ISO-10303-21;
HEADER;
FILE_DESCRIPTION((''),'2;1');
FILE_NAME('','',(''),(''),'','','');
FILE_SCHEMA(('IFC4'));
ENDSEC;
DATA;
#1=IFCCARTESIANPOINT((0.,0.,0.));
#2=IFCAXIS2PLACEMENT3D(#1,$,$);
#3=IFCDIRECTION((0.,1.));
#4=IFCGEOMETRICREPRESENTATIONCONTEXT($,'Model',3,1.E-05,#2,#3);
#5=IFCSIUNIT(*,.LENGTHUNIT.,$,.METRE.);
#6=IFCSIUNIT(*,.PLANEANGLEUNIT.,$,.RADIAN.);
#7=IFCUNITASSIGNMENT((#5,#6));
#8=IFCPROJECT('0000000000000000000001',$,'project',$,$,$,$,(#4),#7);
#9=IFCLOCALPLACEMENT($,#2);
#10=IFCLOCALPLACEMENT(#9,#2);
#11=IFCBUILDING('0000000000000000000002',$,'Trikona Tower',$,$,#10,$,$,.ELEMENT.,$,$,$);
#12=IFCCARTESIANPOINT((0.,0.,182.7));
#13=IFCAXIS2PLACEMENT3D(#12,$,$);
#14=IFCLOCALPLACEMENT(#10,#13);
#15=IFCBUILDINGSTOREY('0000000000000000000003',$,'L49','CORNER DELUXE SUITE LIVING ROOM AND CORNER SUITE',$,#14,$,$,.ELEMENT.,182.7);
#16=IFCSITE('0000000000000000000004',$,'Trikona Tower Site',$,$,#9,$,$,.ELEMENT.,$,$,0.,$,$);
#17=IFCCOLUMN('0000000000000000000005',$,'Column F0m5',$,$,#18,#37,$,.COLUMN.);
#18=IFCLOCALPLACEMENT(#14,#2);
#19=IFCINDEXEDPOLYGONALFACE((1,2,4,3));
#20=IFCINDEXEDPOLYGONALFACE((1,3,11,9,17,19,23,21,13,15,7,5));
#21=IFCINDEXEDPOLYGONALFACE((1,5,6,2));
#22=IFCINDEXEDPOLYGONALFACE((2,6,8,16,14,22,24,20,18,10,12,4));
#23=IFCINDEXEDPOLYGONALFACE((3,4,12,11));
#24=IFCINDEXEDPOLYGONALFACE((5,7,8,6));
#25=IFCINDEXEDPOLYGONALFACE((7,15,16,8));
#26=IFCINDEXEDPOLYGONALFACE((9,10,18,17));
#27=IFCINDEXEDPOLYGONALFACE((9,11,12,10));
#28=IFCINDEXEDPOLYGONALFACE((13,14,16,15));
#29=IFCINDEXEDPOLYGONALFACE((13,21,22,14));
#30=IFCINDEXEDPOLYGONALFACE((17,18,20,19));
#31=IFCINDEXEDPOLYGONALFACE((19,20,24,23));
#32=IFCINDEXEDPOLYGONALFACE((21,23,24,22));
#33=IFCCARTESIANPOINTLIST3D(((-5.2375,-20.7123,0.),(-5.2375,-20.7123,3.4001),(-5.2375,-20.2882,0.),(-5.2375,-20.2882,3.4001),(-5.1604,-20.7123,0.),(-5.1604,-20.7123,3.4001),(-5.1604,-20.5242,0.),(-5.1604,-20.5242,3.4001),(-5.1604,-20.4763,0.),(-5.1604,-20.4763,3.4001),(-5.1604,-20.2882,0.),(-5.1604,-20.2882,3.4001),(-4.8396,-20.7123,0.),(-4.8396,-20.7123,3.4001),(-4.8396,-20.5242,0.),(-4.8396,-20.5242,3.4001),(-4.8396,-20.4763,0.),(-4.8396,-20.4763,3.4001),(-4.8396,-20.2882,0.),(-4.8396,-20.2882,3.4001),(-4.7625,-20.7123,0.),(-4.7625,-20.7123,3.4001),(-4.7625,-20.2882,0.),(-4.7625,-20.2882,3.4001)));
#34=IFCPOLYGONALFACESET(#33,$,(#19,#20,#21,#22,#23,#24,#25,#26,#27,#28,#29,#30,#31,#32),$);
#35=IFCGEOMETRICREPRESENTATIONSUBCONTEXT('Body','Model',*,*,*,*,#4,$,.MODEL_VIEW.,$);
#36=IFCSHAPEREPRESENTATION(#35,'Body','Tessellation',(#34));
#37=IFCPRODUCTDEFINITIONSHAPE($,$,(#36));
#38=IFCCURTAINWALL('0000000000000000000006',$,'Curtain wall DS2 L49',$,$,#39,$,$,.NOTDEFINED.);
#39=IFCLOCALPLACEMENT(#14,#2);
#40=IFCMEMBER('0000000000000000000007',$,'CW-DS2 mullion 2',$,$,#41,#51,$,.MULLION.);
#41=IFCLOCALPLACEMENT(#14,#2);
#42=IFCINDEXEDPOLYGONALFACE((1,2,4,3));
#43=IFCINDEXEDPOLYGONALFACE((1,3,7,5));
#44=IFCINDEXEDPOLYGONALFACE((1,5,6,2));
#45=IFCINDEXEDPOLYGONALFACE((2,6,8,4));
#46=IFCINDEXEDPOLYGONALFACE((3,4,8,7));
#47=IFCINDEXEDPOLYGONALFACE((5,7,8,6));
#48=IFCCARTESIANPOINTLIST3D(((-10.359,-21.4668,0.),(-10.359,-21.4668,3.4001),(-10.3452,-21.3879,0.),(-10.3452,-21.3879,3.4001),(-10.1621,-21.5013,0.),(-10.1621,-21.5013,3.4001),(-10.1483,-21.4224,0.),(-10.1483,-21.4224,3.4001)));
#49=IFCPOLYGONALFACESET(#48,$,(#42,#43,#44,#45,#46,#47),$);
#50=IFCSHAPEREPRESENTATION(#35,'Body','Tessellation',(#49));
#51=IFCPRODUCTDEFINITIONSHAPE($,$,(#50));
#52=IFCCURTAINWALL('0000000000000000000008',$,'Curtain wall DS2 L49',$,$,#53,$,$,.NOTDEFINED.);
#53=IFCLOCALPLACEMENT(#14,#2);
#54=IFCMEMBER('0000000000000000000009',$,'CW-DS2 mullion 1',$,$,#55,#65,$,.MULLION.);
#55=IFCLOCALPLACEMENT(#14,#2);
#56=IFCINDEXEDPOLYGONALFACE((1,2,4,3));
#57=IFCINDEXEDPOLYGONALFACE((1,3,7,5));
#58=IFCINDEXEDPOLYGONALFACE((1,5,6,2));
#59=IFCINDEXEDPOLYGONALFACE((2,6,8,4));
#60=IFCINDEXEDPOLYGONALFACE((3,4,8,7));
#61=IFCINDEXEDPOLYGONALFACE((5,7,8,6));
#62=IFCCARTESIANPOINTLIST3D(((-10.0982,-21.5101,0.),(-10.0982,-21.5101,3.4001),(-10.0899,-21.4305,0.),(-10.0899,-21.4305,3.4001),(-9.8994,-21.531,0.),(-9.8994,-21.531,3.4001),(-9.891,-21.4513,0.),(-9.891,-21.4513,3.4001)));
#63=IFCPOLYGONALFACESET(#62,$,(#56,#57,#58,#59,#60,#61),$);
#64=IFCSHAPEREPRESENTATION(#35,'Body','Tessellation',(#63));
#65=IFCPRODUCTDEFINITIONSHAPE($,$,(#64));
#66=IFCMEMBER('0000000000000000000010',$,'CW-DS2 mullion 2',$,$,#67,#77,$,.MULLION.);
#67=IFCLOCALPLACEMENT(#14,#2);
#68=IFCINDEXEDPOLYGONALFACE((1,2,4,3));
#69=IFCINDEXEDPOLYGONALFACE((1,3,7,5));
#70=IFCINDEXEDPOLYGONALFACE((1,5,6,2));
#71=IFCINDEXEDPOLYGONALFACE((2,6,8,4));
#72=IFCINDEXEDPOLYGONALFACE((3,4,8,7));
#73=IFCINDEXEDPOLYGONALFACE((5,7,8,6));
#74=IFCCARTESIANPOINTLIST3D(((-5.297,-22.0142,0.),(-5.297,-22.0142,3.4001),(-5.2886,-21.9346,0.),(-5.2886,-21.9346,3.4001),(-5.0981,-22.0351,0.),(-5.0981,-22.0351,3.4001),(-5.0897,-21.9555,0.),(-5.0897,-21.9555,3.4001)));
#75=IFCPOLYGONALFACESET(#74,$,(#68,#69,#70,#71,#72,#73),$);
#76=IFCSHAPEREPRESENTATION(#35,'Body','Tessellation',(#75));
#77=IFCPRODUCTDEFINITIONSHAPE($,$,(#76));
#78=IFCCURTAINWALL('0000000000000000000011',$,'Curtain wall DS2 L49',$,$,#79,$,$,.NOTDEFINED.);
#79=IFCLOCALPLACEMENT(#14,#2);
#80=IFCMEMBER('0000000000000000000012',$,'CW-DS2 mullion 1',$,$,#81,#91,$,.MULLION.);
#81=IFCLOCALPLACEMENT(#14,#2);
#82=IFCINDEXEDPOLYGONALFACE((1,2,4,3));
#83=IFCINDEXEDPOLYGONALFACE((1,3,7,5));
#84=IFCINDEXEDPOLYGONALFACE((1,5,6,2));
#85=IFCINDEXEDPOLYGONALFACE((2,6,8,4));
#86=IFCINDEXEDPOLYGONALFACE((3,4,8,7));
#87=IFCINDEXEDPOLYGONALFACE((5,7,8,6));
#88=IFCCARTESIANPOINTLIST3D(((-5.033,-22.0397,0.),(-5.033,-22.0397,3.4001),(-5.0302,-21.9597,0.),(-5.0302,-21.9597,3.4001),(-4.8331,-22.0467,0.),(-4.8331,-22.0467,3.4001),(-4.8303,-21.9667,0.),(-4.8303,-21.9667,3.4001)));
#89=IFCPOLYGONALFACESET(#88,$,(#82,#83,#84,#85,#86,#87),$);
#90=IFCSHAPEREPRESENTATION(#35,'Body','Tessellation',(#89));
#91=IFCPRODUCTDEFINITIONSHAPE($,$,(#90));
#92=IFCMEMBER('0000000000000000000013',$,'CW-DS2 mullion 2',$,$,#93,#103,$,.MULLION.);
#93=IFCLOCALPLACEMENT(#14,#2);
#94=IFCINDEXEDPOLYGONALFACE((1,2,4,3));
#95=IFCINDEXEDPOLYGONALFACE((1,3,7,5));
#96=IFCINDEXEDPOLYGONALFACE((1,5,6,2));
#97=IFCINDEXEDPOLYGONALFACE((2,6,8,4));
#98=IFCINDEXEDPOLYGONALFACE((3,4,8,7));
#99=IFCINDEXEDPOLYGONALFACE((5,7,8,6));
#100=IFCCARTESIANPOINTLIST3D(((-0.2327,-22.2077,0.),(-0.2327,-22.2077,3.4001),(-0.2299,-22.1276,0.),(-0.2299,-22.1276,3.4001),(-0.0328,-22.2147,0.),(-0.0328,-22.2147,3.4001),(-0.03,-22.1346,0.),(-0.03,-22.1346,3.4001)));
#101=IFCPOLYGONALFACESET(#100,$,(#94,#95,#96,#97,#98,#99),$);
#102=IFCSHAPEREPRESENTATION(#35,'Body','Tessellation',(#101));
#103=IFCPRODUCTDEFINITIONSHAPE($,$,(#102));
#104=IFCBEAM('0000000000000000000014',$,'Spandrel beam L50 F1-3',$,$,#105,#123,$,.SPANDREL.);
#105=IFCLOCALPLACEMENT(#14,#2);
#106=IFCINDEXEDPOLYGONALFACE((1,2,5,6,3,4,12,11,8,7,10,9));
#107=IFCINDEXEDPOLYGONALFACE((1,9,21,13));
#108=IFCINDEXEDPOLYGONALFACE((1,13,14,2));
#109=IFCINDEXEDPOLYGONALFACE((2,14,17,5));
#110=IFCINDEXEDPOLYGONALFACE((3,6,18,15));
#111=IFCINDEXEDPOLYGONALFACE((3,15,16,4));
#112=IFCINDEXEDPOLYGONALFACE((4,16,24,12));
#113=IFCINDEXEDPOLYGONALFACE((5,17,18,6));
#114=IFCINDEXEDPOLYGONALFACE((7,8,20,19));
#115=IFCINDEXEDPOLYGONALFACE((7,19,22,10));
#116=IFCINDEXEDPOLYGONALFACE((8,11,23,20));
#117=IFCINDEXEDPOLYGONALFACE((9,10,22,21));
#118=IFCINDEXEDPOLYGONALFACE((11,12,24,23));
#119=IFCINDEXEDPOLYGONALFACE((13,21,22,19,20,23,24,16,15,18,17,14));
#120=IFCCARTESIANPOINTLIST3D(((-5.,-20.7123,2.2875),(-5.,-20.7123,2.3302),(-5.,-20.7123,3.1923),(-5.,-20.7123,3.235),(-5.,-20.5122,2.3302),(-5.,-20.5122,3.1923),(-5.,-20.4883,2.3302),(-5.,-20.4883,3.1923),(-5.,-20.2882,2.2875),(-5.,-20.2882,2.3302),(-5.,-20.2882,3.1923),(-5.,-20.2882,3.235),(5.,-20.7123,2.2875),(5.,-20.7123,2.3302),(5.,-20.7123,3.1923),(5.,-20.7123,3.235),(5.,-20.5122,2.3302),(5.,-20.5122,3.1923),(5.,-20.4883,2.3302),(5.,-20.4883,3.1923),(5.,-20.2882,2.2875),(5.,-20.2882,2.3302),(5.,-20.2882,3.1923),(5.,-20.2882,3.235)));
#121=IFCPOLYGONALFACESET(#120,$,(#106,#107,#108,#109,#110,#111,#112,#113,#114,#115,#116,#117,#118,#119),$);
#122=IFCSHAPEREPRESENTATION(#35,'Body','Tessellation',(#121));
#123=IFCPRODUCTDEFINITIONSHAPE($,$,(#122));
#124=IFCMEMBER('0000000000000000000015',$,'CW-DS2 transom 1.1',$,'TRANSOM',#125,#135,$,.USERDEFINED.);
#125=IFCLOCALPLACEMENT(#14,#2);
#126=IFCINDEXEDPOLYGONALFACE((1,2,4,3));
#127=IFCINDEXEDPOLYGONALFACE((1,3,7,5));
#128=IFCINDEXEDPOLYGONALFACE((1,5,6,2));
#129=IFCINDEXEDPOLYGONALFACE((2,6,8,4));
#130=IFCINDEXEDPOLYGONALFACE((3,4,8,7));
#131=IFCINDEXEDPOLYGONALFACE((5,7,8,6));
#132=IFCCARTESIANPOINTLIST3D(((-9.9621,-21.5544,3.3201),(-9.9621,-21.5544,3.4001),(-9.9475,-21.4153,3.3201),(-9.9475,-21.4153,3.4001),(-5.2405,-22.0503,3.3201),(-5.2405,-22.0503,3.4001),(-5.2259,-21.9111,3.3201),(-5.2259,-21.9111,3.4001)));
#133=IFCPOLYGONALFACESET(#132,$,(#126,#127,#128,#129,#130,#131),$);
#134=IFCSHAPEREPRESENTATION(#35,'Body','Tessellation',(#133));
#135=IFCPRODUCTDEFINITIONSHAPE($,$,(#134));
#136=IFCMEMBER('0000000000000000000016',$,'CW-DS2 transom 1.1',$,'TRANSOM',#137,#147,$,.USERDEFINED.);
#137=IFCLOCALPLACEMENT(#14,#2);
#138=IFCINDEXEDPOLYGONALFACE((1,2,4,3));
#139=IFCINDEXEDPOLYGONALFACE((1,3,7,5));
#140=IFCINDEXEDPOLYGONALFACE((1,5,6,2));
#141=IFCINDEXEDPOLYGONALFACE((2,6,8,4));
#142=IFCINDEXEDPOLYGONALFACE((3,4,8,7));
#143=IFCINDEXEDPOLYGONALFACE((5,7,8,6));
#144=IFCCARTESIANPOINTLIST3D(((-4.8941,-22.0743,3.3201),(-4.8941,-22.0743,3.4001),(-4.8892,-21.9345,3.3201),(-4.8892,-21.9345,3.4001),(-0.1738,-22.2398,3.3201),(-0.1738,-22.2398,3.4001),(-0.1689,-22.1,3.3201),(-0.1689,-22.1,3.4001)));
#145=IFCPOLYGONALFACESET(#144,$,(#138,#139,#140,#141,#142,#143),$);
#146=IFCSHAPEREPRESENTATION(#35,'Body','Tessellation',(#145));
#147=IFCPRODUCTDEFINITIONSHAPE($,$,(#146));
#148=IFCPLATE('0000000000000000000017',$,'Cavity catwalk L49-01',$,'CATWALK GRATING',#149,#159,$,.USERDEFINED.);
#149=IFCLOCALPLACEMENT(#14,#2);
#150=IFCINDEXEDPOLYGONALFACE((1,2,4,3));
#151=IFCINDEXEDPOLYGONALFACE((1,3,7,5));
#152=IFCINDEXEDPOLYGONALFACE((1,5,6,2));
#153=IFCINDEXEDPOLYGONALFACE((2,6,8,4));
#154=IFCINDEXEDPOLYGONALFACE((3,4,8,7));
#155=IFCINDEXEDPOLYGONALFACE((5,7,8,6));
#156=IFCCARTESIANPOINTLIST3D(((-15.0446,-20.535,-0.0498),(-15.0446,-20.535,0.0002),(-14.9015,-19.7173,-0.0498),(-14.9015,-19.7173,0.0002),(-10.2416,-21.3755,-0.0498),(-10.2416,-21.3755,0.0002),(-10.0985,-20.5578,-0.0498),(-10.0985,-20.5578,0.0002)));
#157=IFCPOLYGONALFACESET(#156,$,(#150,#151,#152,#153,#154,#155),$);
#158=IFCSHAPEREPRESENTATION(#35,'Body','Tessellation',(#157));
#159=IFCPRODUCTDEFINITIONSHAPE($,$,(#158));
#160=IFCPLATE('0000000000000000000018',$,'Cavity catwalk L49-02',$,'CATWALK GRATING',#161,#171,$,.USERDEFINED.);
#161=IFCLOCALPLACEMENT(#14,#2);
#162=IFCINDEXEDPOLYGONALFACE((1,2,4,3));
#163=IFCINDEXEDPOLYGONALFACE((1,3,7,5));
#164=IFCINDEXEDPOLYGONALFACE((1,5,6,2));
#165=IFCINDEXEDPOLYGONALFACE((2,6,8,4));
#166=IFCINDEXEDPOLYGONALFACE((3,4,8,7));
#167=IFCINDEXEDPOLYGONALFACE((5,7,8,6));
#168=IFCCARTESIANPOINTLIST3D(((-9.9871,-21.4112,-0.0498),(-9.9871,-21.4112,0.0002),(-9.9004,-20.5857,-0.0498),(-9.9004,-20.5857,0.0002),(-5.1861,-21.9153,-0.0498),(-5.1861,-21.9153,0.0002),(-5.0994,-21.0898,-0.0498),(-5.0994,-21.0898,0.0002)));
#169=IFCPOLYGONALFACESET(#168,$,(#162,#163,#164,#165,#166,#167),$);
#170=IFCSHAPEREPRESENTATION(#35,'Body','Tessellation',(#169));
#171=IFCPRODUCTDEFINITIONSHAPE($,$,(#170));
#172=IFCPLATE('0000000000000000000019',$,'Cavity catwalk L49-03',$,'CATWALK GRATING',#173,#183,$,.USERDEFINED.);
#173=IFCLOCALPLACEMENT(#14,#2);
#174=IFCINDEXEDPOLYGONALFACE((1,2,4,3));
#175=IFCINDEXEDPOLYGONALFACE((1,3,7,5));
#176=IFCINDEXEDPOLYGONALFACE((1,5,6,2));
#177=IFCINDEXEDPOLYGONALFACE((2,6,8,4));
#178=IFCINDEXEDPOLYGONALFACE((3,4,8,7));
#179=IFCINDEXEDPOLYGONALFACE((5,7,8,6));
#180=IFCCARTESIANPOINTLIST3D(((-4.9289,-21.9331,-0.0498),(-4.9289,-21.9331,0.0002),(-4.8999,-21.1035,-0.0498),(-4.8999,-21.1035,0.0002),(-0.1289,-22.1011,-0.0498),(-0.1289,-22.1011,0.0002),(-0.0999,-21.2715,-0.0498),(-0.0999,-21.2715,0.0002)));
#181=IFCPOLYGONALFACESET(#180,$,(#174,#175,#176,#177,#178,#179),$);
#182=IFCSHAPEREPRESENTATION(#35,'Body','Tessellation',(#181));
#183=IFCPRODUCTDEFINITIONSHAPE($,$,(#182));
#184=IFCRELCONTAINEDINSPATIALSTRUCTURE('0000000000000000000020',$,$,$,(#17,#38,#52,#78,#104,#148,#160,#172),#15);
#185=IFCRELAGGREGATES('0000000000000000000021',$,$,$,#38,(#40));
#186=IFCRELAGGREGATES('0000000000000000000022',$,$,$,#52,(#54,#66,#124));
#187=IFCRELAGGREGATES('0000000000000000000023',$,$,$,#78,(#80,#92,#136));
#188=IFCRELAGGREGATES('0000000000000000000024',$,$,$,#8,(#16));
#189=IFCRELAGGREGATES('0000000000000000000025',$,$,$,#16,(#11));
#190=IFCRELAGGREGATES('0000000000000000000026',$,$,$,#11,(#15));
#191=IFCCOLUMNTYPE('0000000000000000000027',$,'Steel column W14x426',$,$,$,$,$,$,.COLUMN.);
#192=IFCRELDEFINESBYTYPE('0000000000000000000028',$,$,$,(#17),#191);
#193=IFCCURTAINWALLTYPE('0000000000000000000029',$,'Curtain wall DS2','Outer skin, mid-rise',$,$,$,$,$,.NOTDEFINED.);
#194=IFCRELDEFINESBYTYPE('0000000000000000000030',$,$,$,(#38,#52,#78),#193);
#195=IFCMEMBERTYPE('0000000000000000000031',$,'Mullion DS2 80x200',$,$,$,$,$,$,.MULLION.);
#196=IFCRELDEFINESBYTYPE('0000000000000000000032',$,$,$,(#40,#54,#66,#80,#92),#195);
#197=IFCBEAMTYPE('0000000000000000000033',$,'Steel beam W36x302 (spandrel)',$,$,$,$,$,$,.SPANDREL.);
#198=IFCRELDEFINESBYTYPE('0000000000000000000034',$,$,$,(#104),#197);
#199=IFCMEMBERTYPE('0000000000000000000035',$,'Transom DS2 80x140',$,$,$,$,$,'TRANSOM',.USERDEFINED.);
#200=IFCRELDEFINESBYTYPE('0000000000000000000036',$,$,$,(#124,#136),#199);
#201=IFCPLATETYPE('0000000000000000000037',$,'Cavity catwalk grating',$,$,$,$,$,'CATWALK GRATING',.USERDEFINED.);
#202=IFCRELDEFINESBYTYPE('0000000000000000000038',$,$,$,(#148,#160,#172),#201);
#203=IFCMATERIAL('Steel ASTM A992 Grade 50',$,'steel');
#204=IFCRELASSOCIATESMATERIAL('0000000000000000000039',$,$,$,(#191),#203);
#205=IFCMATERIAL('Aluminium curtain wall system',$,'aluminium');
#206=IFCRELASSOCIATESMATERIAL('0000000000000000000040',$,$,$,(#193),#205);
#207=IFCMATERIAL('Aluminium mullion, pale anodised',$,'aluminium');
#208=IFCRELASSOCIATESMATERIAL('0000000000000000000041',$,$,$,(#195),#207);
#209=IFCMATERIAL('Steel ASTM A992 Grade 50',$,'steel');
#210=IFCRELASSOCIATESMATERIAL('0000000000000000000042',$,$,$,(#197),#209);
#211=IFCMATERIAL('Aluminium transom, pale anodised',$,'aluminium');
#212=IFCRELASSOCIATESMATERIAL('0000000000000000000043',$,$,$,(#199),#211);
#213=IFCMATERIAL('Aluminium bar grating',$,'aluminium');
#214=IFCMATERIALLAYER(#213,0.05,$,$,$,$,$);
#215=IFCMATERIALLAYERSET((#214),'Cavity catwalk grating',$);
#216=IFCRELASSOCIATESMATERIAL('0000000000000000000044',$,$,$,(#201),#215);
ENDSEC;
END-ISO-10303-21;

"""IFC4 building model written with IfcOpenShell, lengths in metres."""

from ifc_helpers import new_model, si_unit, direction, frame, origin, origin_2d, place, context, subcontext, project, spatial, rectangle, i_section, extrude, material, layer, layer_set, material_profile, profile_set, type_object, element, aggregate, save


model = new_model("IFC4")

# Units and contexts
model_context = context("Model", 3, precision=1e-05, world=origin(), true_north=direction((0.0, 1.0)))
body_context = subcontext(model_context, "Body", "Model", "MODEL_VIEW")
ifc_project = project(units=[si_unit("LENGTHUNIT", "METRE"), si_unit("PLANEANGLEUNIT", "RADIAN")], contexts=[model_context])

# Site, building, storey
site_placement = place(None, origin())
site = spatial("IfcSite", under=ifc_project, at=site_placement, Name="Trikona Tower Site", CompositionType="ELEMENT", RefElevation=0.0)
building_placement = place(site_placement, origin())
building = spatial("IfcBuilding", under=site, at=building_placement, Name="Trikona Tower", CompositionType="ELEMENT")
storey_placement = place(building_placement, frame((0.0, 0.0, 182.7)))
storey = spatial("IfcBuildingStorey", under=building, at=storey_placement, Name="L49", Description="CORNER DELUXE SUITE LIVING ROOM AND CORNER SUITE", CompositionType="ELEMENT", Elevation=182.7)

# Column
ifc_material_1 = material(Name="Steel ASTM A992 Grade 50", Category="steel")
ifc_material_profile_1 = material_profile(ifc_material_1, i_section(OverallWidth=0.4241, OverallDepth=0.4751, WebThickness=0.0479, FlangeThickness=0.0771, at=origin_2d()), Name="W14X426")
ifc_profile_set_1 = profile_set([ifc_material_profile_1], Name="Steel ASTM A992 Grade 50")
column_type = type_object("IfcColumnType", Name="Steel column W14x426", PredefinedType="COLUMN", material=ifc_profile_set_1)
column_placement = place(storey_placement, frame((-5.0, -20.5002, 0.0), z_axis=(0.0, 0.0, 1.0), x_axis=(0.0, -1.0, 0.0)))
element("IfcColumn", 1, at=column_placement, inside=storey, type_object=column_type, Name="Column F0m5", PredefinedType="COLUMN", context=body_context, shape_type="SweptSolid", body=[
    extrude(i_section(OverallWidth=0.4241, OverallDepth=0.4751, WebThickness=0.0479, FlangeThickness=0.0771, at=origin_2d()), origin(), (0.0, 0.0, 1.0), 3.4001),
])

# Curtain wall, member
ifc_material_2 = material(Name="Aluminium curtain wall system", Category="aluminium")
curtain_wall_type = type_object("IfcCurtainWallType", Name="Curtain wall DS2", Description="Outer skin, mid-rise", PredefinedType="NOTDEFINED", material=ifc_material_2)
curtain_wall_1_placement = place(storey_placement, origin())
curtain_wall_1 = element("IfcCurtainWall", 2, at=curtain_wall_1_placement, inside=storey, type_object=curtain_wall_type, Name="Curtain wall DS2 L49", PredefinedType="NOTDEFINED")
ifc_material_3 = material(Name="Aluminium mullion, pale anodised", Category="aluminium")
ifc_material_profile_2 = material_profile(ifc_material_3, rectangle(XDim=0.0801, YDim=0.2, at=origin_2d()), Name="MUL-DS2")
ifc_profile_set_2 = profile_set([ifc_material_profile_2], Name="Aluminium mullion, pale anodised")
member_type_1 = type_object("IfcMemberType", Name="Mullion DS2 80x200", PredefinedType="MULLION", material=ifc_profile_set_2)
member_1_placement = place(storey_placement, frame((-10.2537, -21.4446, 0.0), z_axis=(0.0, 0.0, 1.0), x_axis=(0.172377, 0.985031, 0.0)))
member_1 = element("IfcMember", 3, at=member_1_placement, type_object=member_type_1, Name="CW-DS2 mullion 2", PredefinedType="MULLION", context=body_context, shape_type="SweptSolid", body=[
    extrude(rectangle(XDim=0.0801, YDim=0.2, at=origin_2d()), origin(), (0.0, 0.0, 1.0), 3.4001),
])

# Curtain walls, members
curtain_wall_2_placement = place(storey_placement, origin())
curtain_wall_2 = element("IfcCurtainWall", 4, at=curtain_wall_2_placement, inside=storey, type_object=curtain_wall_type, Name="Curtain wall DS2 L49", PredefinedType="NOTDEFINED")
member_2_placement = place(storey_placement, frame((-9.9946, -21.4807, 0.0), z_axis=(0.0, 0.0, 1.0), x_axis=(0.104433, 0.994532, 0.0)))
member_2 = element("IfcMember", 5, at=member_2_placement, type_object=member_type_1, Name="CW-DS2 mullion 1", PredefinedType="MULLION", context=body_context, shape_type="SweptSolid", body=[
    extrude(rectangle(XDim=0.0801, YDim=0.2, at=origin_2d()), origin(), (0.0, 0.0, 1.0), 3.4001),
])
member_3_placement = place(storey_placement, frame((-5.1934, -21.9849, 0.0), z_axis=(0.0, 0.0, 1.0), x_axis=(0.104433, 0.994532, 0.0)))
member_3 = element("IfcMember", 6, at=member_3_placement, type_object=member_type_1, Name="CW-DS2 mullion 2", PredefinedType="MULLION", context=body_context, shape_type="SweptSolid", body=[
    extrude(rectangle(XDim=0.0801, YDim=0.2, at=origin_2d()), origin(), (0.0, 0.0, 1.0), 3.4001),
])
curtain_wall_3_placement = place(storey_placement, origin())
curtain_wall_3 = element("IfcCurtainWall", 7, at=curtain_wall_3_placement, inside=storey, type_object=curtain_wall_type, Name="Curtain wall DS2 L49", PredefinedType="NOTDEFINED")
member_4_placement = place(storey_placement, frame((-4.9316, -22.0032, 0.0), z_axis=(0.0, 0.0, 1.0), x_axis=(0.034998, 0.999387, 0.0)))
member_4 = element("IfcMember", 8, at=member_4_placement, type_object=member_type_1, Name="CW-DS2 mullion 1", PredefinedType="MULLION", context=body_context, shape_type="SweptSolid", body=[
    extrude(rectangle(XDim=0.0801, YDim=0.2, at=origin_2d()), origin(), (0.0, 0.0, 1.0), 3.4001),
])
member_5_placement = place(storey_placement, frame((-0.1313, -22.1711, 0.0), z_axis=(0.0, 0.0, 1.0), x_axis=(0.034998, 0.999387, 0.0)))
member_5 = element("IfcMember", 9, at=member_5_placement, type_object=member_type_1, Name="CW-DS2 mullion 2", PredefinedType="MULLION", context=body_context, shape_type="SweptSolid", body=[
    extrude(rectangle(XDim=0.0801, YDim=0.2, at=origin_2d()), origin(), (0.0, 0.0, 1.0), 3.4001),
])

# Beam
ifc_material_4 = material(Name="Steel ASTM A992 Grade 50", Category="steel")
ifc_material_profile_3 = material_profile(ifc_material_4, i_section(OverallWidth=0.4241, OverallDepth=0.9475, WebThickness=0.0239, FlangeThickness=0.0427, at=origin_2d()), Name="W36X302")
ifc_profile_set_3 = profile_set([ifc_material_profile_3], Name="Steel ASTM A992 Grade 50")
beam_type = type_object("IfcBeamType", Name="Steel beam W36x302 (spandrel)", PredefinedType="SPANDREL", material=ifc_profile_set_3)
beam_placement = place(storey_placement, frame((-5.0, -20.5002, 2.7612), z_axis=(1.0, 0.0, 0.0), x_axis=(0.0, 1.0, 0.0)))
element("IfcBeam", 10, at=beam_placement, inside=storey, type_object=beam_type, Name="Spandrel beam L50 F1-3", PredefinedType="SPANDREL", context=body_context, shape_type="SweptSolid", body=[
    extrude(i_section(OverallWidth=0.4241, OverallDepth=0.9475, WebThickness=0.0239, FlangeThickness=0.0427, at=origin_2d()), origin(), (0.0, 0.0, 1.0), 10.0),
])

# Members
ifc_material_5 = material(Name="Aluminium transom, pale anodised", Category="aluminium")
ifc_material_profile_4 = material_profile(ifc_material_5, rectangle(XDim=0.1399, YDim=0.0801, at=origin_2d()), Name="TRN-DS2")
ifc_profile_set_4 = profile_set([ifc_material_profile_4], Name="Aluminium transom, pale anodised")
member_type_2 = type_object("IfcMemberType", Name="Transom DS2 80x140", ElementType="TRANSOM", PredefinedType="USERDEFINED", material=ifc_profile_set_4)
member_6_placement = place(storey_placement, frame((-9.9548, -21.4849, 3.3601), z_axis=(0.994531, -0.104441, 0.0), x_axis=(0.104441, 0.994531, 0.0)))
member_6 = element("IfcMember", 11, at=member_6_placement, type_object=member_type_2, Name="CW-DS2 transom 1.1", ObjectType="TRANSOM", PredefinedType="USERDEFINED", context=body_context, shape_type="SweptSolid", body=[
    extrude(rectangle(XDim=0.1399, YDim=0.0801, at=origin_2d()), origin(), (0.0, 0.0, 1.0), 4.7476),
])
member_7_placement = place(storey_placement, frame((-4.8916, -22.0044, 3.3601), z_axis=(0.999386, -0.035046, 0.0), x_axis=(0.035046, 0.999386, 0.0)))
member_7 = element("IfcMember", 12, at=member_7_placement, type_object=member_type_2, Name="CW-DS2 transom 1.1", ObjectType="TRANSOM", PredefinedType="USERDEFINED", context=body_context, shape_type="SweptSolid", body=[
    extrude(rectangle(XDim=0.1399, YDim=0.0801, at=origin_2d()), origin(), (0.0, 0.0, 1.0), 4.7231),
])

# Plates
ifc_material_6 = material(Name="Aluminium bar grating", Category="aluminium")
ifc_layer_1 = layer(ifc_material_6, 0.05)
ifc_layer_set_1 = layer_set([ifc_layer_1], Name="Cavity catwalk grating")
plate_type_1 = type_object("IfcPlateType", Name="Cavity catwalk grating", ElementType="CATWALK GRATING", PredefinedType="USERDEFINED", material=ifc_layer_set_1)
plate_1_placement = place(storey_placement, frame((-12.5715, -20.5464, -0.0498), z_axis=(0.0, 0.0, 1.0), x_axis=(0.985031, -0.17238, 0.0)))
element("IfcPlate", 13, at=plate_1_placement, inside=storey, type_object=plate_type_1, Name="Cavity catwalk L49-01", ObjectType="CATWALK GRATING", PredefinedType="USERDEFINED", context=body_context, shape_type="SweptSolid", body=[
    extrude(rectangle(XDim=4.876, YDim=0.8301, at=origin_2d()), origin(), (0.0, 0.0, 1.0), 0.05),
])
plate_2_placement = place(storey_placement, frame((-7.5432, -21.2505, -0.0498), z_axis=(0.0, 0.0, 1.0), x_axis=(0.994533, -0.104426, 0.0)))
element("IfcPlate", 14, at=plate_2_placement, inside=storey, type_object=plate_type_1, Name="Cavity catwalk L49-02", ObjectType="CATWALK GRATING", PredefinedType="USERDEFINED", context=body_context, shape_type="SweptSolid", body=[
    extrude(rectangle(XDim=4.8274, YDim=0.8301, at=origin_2d()), origin(), (0.0, 0.0, 1.0), 0.05),
])
plate_3_placement = place(storey_placement, frame((-2.5144, -21.6023, -0.0498), z_axis=(0.0, 0.0, 1.0), x_axis=(0.999388, -0.034978, 0.0)))
element("IfcPlate", 15, at=plate_3_placement, inside=storey, type_object=plate_type_1, Name="Cavity catwalk L49-03", ObjectType="CATWALK GRATING", PredefinedType="USERDEFINED", context=body_context, shape_type="SweptSolid", body=[
    extrude(rectangle(XDim=4.803, YDim=0.8301, at=origin_2d()), origin(), (0.0, 0.0, 1.0), 0.05),
])

aggregate(curtain_wall_1, [member_1])
aggregate(curtain_wall_2, [member_2, member_3, member_6])
aggregate(curtain_wall_3, [member_4, member_5, member_7])

save(model, "model.ifc")
